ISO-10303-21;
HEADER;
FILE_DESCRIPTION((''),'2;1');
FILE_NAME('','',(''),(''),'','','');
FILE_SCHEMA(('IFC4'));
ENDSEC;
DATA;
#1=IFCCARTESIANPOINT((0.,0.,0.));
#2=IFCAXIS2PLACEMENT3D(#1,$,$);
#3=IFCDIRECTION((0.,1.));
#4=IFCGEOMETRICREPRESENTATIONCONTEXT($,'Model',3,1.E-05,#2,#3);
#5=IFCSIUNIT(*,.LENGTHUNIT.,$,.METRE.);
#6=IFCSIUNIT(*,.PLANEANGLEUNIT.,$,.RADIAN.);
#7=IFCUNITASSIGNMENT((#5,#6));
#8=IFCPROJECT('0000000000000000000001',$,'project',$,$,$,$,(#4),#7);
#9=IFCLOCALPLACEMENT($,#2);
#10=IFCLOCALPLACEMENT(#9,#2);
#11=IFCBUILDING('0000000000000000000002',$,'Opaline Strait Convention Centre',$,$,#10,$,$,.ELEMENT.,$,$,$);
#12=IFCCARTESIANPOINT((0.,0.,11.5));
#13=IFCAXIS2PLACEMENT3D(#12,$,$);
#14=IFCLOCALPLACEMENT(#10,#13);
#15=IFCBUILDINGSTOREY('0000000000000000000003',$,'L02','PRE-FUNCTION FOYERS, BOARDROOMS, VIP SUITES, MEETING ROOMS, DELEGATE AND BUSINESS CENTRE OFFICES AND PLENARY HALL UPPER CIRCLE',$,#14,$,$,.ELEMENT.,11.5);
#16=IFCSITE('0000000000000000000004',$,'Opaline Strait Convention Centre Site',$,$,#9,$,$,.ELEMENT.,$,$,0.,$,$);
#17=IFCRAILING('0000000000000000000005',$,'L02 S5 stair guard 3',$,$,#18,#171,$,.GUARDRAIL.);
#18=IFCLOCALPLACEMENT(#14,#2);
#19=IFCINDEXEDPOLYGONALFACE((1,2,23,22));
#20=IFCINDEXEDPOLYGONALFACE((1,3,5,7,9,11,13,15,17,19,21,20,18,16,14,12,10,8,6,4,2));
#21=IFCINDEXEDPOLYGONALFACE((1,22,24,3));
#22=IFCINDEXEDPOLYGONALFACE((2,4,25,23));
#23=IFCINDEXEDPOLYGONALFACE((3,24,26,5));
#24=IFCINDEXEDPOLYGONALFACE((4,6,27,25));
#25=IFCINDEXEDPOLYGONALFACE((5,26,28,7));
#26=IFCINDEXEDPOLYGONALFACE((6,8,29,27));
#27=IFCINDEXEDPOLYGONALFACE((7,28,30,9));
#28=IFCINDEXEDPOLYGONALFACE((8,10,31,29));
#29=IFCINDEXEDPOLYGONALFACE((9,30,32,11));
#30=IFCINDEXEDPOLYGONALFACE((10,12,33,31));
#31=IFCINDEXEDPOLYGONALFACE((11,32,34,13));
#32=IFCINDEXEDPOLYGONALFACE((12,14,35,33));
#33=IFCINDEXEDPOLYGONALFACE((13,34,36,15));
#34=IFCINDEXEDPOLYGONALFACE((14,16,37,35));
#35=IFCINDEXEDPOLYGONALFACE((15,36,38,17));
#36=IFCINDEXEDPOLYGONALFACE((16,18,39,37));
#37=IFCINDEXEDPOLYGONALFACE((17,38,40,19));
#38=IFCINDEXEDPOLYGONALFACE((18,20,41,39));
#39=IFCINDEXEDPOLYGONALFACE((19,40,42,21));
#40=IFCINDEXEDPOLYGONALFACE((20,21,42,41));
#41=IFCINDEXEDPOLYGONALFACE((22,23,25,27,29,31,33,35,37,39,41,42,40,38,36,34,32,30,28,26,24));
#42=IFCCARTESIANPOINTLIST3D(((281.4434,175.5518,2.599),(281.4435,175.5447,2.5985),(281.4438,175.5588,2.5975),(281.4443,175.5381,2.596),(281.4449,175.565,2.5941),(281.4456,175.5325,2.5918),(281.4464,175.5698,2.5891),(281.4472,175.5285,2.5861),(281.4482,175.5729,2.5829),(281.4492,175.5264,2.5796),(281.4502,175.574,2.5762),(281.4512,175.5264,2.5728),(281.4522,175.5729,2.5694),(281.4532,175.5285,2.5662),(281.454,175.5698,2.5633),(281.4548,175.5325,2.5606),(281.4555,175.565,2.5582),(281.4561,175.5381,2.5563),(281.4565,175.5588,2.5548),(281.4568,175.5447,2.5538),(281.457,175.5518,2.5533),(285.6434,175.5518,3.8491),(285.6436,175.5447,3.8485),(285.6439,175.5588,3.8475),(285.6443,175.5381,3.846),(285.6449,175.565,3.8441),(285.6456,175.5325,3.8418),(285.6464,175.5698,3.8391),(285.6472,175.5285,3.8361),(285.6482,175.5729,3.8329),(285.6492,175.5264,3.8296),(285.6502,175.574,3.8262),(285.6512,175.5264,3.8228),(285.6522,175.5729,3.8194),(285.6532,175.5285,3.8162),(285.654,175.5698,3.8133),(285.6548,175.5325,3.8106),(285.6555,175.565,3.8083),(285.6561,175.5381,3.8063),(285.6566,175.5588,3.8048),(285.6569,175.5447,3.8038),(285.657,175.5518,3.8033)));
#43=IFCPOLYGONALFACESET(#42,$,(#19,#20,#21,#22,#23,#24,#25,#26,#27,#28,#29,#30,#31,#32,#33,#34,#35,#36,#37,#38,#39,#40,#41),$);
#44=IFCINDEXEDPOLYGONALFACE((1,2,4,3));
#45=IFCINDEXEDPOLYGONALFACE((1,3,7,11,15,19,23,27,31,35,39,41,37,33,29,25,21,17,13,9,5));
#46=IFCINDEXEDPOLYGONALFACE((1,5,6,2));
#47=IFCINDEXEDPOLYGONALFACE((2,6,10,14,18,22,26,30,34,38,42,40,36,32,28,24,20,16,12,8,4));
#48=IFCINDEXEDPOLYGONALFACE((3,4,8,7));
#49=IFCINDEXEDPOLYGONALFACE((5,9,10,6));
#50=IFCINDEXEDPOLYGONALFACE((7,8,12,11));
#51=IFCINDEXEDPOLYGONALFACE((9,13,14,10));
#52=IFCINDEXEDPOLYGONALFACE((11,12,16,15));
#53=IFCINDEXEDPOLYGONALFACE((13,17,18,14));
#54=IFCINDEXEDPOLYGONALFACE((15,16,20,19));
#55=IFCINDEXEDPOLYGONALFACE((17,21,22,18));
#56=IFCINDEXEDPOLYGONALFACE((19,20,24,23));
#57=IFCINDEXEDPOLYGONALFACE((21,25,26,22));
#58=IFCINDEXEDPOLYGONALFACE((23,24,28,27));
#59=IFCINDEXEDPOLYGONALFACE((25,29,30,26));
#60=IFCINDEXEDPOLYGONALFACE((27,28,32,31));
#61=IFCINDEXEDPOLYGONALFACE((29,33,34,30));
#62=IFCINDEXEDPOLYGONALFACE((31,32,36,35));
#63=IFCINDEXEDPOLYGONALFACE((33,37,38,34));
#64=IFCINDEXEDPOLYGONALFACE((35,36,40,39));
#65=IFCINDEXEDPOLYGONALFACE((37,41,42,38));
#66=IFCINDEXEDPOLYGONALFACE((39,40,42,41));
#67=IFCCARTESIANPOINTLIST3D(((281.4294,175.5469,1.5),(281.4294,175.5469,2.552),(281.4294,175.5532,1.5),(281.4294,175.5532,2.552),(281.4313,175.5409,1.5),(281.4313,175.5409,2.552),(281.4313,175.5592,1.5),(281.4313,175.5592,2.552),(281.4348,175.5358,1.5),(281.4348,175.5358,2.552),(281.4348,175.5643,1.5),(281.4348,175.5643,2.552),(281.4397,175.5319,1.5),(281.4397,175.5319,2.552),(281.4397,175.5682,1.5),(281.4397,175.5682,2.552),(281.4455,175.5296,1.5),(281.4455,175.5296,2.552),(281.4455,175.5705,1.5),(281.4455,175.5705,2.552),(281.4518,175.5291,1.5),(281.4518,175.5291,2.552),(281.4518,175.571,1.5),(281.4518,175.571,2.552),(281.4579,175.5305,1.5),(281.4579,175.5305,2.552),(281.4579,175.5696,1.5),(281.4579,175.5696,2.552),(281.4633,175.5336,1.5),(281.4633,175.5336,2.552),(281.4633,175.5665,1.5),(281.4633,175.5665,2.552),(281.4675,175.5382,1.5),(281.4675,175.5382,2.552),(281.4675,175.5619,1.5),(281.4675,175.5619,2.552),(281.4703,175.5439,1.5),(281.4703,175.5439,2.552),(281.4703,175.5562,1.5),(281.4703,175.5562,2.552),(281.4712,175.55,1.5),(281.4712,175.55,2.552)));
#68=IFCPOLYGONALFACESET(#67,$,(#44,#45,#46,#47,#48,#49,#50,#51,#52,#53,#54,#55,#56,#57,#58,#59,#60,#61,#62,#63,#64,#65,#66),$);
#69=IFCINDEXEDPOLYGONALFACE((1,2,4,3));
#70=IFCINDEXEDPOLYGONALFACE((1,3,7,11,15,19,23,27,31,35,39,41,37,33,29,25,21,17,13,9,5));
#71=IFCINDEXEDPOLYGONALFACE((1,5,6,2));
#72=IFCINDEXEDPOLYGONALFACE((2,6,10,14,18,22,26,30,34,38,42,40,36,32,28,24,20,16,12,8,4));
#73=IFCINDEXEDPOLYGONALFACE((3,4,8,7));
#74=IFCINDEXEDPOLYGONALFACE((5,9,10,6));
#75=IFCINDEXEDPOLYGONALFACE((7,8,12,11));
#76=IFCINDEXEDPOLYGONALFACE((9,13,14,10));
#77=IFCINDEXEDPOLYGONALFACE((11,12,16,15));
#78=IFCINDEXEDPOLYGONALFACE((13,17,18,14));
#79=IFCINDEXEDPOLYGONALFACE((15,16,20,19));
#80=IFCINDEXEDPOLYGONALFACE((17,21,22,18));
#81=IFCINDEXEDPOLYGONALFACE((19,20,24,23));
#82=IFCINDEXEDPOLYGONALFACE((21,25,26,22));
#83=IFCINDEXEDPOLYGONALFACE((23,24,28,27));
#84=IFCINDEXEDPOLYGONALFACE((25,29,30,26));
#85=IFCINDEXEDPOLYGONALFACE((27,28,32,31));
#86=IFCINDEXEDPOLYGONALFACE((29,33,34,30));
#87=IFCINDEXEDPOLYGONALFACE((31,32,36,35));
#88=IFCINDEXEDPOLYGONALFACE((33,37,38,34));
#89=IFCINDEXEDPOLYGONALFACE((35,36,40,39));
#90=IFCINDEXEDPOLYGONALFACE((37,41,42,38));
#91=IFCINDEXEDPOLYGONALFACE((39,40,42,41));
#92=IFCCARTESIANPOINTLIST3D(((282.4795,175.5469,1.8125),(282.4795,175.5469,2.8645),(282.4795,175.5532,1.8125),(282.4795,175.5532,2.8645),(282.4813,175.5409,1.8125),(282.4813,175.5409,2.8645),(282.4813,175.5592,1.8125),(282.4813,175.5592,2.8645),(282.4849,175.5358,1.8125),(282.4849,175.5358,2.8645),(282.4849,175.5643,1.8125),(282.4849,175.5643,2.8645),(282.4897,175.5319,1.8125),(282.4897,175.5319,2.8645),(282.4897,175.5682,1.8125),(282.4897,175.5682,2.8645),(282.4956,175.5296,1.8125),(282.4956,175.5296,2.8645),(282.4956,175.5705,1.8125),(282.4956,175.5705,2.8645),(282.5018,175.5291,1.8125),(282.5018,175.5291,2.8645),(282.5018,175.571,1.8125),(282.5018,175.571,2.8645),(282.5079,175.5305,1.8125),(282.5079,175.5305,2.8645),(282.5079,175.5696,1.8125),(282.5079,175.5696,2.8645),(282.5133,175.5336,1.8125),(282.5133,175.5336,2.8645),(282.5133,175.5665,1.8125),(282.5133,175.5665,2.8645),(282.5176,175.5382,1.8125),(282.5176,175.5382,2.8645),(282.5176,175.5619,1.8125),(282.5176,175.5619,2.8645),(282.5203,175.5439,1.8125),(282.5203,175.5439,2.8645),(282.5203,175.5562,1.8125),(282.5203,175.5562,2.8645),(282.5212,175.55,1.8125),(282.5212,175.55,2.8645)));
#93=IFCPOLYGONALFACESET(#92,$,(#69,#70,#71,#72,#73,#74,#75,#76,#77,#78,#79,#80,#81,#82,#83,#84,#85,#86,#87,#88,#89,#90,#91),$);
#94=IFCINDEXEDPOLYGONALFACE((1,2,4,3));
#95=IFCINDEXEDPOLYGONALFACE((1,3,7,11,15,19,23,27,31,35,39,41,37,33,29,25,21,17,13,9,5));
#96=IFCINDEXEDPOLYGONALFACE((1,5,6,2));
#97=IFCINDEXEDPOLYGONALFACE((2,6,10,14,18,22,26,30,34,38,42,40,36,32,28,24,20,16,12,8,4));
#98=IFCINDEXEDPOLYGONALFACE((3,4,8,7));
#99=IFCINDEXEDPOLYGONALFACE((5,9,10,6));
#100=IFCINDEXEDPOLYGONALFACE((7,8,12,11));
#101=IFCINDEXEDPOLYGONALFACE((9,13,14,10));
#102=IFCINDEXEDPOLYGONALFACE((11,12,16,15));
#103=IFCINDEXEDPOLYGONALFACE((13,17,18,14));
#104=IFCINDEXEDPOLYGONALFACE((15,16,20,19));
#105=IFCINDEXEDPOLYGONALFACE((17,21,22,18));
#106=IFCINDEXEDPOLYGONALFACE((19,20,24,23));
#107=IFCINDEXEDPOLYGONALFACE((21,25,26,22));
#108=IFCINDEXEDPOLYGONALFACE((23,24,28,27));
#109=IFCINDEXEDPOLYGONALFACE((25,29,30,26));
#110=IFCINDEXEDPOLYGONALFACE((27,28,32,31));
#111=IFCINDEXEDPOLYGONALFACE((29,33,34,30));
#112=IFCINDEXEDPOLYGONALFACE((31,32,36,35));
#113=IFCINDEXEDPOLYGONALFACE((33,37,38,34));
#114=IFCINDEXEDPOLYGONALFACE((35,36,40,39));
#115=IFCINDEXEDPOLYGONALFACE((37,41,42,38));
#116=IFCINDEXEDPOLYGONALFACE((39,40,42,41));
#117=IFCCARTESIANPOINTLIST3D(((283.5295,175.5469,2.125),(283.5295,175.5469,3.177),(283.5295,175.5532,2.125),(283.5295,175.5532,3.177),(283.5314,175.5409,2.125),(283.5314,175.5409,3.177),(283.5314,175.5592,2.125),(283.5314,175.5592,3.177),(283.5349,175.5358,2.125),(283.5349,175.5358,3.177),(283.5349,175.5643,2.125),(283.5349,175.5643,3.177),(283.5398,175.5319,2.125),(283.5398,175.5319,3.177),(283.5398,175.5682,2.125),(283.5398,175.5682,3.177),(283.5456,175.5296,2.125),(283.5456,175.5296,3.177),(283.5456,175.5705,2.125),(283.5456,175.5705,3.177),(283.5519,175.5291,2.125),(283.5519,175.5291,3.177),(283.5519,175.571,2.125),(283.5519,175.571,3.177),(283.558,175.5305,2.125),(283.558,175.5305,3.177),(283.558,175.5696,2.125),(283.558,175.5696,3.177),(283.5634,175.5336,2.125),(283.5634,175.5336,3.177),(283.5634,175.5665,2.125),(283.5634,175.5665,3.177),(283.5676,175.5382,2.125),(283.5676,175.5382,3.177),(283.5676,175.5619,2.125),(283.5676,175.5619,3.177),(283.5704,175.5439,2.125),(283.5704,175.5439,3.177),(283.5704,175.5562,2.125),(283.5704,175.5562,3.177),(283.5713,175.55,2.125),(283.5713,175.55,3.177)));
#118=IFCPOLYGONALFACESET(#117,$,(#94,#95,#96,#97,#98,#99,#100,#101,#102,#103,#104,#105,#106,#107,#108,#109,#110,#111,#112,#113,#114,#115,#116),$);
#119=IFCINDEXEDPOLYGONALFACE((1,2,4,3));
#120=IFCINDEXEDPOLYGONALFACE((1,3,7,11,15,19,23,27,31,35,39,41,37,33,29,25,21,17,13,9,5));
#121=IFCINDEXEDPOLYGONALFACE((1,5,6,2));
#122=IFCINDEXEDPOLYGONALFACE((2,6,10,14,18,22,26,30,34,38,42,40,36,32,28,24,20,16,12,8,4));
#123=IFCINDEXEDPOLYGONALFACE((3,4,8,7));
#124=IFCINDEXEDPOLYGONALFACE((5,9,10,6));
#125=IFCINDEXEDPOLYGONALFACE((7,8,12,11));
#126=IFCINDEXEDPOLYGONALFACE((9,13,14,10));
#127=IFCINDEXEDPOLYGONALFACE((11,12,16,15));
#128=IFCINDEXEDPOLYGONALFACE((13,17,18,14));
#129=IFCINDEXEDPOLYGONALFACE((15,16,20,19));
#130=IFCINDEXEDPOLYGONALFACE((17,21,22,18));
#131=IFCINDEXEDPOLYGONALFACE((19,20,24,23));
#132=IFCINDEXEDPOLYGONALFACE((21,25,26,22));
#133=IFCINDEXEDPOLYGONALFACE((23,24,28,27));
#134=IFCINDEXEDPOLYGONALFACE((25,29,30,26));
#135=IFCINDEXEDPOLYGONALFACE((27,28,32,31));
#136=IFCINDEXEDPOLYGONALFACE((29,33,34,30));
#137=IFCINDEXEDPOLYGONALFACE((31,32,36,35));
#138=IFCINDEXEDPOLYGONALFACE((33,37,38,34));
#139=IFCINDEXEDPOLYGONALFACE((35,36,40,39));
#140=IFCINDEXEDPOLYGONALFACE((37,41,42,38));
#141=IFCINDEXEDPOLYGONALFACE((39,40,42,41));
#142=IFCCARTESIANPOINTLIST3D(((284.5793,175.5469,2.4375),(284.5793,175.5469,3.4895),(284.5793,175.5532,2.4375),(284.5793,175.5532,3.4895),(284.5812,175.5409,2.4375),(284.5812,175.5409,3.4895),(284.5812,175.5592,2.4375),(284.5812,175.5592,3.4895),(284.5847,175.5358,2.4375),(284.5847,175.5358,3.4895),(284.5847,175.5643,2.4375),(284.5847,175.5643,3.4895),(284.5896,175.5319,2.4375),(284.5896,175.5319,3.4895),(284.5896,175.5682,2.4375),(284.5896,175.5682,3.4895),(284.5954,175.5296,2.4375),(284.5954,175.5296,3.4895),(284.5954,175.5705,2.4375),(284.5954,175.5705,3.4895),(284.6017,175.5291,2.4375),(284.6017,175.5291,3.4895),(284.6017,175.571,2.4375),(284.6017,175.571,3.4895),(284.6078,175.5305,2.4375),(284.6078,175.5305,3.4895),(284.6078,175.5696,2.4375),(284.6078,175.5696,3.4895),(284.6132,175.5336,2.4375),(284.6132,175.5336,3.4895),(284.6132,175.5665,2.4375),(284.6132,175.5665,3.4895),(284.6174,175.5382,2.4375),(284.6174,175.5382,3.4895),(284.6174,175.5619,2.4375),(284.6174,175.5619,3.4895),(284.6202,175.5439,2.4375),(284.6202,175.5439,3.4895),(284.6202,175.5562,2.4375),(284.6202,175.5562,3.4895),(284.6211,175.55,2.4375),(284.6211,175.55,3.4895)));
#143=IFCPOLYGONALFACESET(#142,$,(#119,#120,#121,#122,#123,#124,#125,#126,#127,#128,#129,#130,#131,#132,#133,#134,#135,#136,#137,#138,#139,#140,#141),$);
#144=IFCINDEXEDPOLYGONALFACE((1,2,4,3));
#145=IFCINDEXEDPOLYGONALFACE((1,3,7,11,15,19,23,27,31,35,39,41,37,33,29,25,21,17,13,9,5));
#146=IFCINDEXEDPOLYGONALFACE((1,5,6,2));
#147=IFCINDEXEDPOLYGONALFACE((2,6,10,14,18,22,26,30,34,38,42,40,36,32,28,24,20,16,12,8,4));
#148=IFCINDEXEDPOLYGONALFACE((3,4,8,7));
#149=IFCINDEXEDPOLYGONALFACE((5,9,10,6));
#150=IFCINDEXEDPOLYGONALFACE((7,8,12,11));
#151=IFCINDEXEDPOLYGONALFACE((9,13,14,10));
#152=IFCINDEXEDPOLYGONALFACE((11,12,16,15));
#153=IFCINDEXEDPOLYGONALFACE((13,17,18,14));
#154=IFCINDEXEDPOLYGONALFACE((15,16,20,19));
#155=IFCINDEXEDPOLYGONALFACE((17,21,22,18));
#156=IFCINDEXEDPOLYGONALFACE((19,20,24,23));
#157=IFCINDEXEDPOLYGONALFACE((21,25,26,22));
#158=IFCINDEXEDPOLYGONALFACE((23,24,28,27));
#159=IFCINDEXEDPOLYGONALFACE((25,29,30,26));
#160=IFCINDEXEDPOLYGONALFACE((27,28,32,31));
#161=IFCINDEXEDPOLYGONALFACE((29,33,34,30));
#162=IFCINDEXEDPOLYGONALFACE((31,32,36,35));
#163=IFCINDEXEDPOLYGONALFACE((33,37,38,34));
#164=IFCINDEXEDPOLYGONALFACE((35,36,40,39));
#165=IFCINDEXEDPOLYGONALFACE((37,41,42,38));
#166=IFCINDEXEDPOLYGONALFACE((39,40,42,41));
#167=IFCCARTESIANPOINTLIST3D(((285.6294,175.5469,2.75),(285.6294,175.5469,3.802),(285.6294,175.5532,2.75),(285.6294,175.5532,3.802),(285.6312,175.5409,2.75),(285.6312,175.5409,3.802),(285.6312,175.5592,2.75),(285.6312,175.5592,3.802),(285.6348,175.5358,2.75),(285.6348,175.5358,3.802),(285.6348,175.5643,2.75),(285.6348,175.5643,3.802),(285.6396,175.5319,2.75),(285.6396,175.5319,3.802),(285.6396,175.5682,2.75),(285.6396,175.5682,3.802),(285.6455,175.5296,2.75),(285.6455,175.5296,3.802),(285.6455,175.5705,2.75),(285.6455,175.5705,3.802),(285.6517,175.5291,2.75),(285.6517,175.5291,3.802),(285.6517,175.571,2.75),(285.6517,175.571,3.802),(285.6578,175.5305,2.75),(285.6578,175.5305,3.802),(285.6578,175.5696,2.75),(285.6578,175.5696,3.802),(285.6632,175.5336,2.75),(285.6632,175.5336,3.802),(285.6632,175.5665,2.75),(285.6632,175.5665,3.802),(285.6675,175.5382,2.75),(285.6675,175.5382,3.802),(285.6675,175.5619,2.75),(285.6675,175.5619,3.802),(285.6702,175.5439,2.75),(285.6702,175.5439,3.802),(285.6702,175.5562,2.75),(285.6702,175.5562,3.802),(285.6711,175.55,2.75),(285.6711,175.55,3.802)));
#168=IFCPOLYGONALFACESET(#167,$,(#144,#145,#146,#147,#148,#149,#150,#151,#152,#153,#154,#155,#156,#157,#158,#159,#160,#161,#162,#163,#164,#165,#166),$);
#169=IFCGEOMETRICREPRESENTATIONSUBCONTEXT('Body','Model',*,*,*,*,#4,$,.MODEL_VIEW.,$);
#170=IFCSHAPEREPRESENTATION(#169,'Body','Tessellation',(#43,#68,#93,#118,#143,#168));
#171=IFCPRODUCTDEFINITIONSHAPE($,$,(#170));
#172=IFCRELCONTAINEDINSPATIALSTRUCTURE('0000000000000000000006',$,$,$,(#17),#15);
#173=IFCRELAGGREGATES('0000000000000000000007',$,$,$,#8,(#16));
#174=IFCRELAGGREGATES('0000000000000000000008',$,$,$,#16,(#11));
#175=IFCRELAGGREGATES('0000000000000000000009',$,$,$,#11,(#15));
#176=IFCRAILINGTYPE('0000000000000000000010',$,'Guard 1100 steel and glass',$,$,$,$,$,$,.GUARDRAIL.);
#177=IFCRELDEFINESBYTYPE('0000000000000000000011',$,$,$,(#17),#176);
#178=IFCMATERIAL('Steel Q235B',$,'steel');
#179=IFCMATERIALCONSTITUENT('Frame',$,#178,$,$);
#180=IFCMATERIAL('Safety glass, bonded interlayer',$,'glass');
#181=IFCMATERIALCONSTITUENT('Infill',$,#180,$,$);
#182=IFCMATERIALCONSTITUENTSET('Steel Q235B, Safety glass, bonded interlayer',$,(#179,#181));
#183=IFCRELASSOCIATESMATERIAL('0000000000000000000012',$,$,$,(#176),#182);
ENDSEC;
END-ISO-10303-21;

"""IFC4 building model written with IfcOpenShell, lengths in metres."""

from ifc_helpers import new_model, si_unit, direction, frame, origin, origin_2d, place, context, subcontext, project, spatial, circle, extrude, material, constituent, constituent_set, type_object, element, save


model = new_model("IFC4")

# Units and contexts
model_context = context("Model", 3, precision=1e-05, world=origin(), true_north=direction((0.0, 1.0)))
body_context = subcontext(model_context, "Body", "Model", "MODEL_VIEW")
ifc_project = project(units=[si_unit("LENGTHUNIT", "METRE"), si_unit("PLANEANGLEUNIT", "RADIAN")], contexts=[model_context])

# Site, building, storey
site_placement = place(None, origin())
site = spatial("IfcSite", under=ifc_project, at=site_placement, Name="Opaline Strait Convention Centre Site", CompositionType="ELEMENT", RefElevation=0.0)
building_placement = place(site_placement, origin())
building = spatial("IfcBuilding", under=site, at=building_placement, Name="Opaline Strait Convention Centre", CompositionType="ELEMENT")
storey_placement = place(building_placement, frame((0.0, 0.0, 11.5)))
storey = spatial("IfcBuildingStorey", under=building, at=storey_placement, Name="L02", Description="PRE-FUNCTION FOYERS, BOARDROOMS, VIP SUITES, MEETING ROOMS, DELEGATE AND BUSINESS CENTRE OFFICES AND PLENARY HALL UPPER CIRCLE", CompositionType="ELEMENT", Elevation=11.5)

# Railing
ifc_material_1 = material(Name="Steel Q235B", Category="steel")
ifc_constituent_1 = constituent(ifc_material_1, Name="Frame")
ifc_material_2 = material(Name="Safety glass, bonded interlayer", Category="glass")
ifc_constituent_2 = constituent(ifc_material_2, Name="Infill")
ifc_constituent_set = constituent_set(constituents=[ifc_constituent_1, ifc_constituent_2], Name="Steel Q235B, Safety glass, bonded interlayer")
railing_type_1 = type_object("IfcRailingType", Name="Guard 1100 steel and glass", PredefinedType="GUARDRAIL", material=ifc_constituent_set)
railing_1_placement = place(storey_placement, frame((281.4502, 175.55, 1.5)))
element("IfcRailing", 1, at=railing_1_placement, inside=storey, type_object=railing_type_1, Name="L02 S5 stair guard 3", PredefinedType="GUARDRAIL", context=body_context, shape_type="SweptSolid", body=[
    extrude(circle(Radius=0.0239, at=origin_2d()), frame((0.0, 0.0, 1.0762), z_axis=(0.958451, 0.0, 0.285257), x_axis=(0.0, 1.0, 0.0)), (0.0, 0.0, 1.0), 4.3821),
    extrude(circle(Radius=0.021, at=origin_2d()), origin(), (0.0, 0.0, 1.0), 1.052),
    extrude(circle(Radius=0.021, at=origin_2d()), frame((1.05, 0.0, 0.3125)), (0.0, 0.0, 1.0), 1.052),
    extrude(circle(Radius=0.021, at=origin_2d()), frame((2.1001, 0.0, 0.625)), (0.0, 0.0, 1.0), 1.052),
    extrude(circle(Radius=0.021, at=origin_2d()), frame((3.1499, 0.0, 0.9375)), (0.0, 0.0, 1.0), 1.052),
    extrude(circle(Radius=0.021, at=origin_2d()), frame((4.2, 0.0, 1.25)), (0.0, 0.0, 1.0), 1.052),
])

save(model, "model.ifc")
